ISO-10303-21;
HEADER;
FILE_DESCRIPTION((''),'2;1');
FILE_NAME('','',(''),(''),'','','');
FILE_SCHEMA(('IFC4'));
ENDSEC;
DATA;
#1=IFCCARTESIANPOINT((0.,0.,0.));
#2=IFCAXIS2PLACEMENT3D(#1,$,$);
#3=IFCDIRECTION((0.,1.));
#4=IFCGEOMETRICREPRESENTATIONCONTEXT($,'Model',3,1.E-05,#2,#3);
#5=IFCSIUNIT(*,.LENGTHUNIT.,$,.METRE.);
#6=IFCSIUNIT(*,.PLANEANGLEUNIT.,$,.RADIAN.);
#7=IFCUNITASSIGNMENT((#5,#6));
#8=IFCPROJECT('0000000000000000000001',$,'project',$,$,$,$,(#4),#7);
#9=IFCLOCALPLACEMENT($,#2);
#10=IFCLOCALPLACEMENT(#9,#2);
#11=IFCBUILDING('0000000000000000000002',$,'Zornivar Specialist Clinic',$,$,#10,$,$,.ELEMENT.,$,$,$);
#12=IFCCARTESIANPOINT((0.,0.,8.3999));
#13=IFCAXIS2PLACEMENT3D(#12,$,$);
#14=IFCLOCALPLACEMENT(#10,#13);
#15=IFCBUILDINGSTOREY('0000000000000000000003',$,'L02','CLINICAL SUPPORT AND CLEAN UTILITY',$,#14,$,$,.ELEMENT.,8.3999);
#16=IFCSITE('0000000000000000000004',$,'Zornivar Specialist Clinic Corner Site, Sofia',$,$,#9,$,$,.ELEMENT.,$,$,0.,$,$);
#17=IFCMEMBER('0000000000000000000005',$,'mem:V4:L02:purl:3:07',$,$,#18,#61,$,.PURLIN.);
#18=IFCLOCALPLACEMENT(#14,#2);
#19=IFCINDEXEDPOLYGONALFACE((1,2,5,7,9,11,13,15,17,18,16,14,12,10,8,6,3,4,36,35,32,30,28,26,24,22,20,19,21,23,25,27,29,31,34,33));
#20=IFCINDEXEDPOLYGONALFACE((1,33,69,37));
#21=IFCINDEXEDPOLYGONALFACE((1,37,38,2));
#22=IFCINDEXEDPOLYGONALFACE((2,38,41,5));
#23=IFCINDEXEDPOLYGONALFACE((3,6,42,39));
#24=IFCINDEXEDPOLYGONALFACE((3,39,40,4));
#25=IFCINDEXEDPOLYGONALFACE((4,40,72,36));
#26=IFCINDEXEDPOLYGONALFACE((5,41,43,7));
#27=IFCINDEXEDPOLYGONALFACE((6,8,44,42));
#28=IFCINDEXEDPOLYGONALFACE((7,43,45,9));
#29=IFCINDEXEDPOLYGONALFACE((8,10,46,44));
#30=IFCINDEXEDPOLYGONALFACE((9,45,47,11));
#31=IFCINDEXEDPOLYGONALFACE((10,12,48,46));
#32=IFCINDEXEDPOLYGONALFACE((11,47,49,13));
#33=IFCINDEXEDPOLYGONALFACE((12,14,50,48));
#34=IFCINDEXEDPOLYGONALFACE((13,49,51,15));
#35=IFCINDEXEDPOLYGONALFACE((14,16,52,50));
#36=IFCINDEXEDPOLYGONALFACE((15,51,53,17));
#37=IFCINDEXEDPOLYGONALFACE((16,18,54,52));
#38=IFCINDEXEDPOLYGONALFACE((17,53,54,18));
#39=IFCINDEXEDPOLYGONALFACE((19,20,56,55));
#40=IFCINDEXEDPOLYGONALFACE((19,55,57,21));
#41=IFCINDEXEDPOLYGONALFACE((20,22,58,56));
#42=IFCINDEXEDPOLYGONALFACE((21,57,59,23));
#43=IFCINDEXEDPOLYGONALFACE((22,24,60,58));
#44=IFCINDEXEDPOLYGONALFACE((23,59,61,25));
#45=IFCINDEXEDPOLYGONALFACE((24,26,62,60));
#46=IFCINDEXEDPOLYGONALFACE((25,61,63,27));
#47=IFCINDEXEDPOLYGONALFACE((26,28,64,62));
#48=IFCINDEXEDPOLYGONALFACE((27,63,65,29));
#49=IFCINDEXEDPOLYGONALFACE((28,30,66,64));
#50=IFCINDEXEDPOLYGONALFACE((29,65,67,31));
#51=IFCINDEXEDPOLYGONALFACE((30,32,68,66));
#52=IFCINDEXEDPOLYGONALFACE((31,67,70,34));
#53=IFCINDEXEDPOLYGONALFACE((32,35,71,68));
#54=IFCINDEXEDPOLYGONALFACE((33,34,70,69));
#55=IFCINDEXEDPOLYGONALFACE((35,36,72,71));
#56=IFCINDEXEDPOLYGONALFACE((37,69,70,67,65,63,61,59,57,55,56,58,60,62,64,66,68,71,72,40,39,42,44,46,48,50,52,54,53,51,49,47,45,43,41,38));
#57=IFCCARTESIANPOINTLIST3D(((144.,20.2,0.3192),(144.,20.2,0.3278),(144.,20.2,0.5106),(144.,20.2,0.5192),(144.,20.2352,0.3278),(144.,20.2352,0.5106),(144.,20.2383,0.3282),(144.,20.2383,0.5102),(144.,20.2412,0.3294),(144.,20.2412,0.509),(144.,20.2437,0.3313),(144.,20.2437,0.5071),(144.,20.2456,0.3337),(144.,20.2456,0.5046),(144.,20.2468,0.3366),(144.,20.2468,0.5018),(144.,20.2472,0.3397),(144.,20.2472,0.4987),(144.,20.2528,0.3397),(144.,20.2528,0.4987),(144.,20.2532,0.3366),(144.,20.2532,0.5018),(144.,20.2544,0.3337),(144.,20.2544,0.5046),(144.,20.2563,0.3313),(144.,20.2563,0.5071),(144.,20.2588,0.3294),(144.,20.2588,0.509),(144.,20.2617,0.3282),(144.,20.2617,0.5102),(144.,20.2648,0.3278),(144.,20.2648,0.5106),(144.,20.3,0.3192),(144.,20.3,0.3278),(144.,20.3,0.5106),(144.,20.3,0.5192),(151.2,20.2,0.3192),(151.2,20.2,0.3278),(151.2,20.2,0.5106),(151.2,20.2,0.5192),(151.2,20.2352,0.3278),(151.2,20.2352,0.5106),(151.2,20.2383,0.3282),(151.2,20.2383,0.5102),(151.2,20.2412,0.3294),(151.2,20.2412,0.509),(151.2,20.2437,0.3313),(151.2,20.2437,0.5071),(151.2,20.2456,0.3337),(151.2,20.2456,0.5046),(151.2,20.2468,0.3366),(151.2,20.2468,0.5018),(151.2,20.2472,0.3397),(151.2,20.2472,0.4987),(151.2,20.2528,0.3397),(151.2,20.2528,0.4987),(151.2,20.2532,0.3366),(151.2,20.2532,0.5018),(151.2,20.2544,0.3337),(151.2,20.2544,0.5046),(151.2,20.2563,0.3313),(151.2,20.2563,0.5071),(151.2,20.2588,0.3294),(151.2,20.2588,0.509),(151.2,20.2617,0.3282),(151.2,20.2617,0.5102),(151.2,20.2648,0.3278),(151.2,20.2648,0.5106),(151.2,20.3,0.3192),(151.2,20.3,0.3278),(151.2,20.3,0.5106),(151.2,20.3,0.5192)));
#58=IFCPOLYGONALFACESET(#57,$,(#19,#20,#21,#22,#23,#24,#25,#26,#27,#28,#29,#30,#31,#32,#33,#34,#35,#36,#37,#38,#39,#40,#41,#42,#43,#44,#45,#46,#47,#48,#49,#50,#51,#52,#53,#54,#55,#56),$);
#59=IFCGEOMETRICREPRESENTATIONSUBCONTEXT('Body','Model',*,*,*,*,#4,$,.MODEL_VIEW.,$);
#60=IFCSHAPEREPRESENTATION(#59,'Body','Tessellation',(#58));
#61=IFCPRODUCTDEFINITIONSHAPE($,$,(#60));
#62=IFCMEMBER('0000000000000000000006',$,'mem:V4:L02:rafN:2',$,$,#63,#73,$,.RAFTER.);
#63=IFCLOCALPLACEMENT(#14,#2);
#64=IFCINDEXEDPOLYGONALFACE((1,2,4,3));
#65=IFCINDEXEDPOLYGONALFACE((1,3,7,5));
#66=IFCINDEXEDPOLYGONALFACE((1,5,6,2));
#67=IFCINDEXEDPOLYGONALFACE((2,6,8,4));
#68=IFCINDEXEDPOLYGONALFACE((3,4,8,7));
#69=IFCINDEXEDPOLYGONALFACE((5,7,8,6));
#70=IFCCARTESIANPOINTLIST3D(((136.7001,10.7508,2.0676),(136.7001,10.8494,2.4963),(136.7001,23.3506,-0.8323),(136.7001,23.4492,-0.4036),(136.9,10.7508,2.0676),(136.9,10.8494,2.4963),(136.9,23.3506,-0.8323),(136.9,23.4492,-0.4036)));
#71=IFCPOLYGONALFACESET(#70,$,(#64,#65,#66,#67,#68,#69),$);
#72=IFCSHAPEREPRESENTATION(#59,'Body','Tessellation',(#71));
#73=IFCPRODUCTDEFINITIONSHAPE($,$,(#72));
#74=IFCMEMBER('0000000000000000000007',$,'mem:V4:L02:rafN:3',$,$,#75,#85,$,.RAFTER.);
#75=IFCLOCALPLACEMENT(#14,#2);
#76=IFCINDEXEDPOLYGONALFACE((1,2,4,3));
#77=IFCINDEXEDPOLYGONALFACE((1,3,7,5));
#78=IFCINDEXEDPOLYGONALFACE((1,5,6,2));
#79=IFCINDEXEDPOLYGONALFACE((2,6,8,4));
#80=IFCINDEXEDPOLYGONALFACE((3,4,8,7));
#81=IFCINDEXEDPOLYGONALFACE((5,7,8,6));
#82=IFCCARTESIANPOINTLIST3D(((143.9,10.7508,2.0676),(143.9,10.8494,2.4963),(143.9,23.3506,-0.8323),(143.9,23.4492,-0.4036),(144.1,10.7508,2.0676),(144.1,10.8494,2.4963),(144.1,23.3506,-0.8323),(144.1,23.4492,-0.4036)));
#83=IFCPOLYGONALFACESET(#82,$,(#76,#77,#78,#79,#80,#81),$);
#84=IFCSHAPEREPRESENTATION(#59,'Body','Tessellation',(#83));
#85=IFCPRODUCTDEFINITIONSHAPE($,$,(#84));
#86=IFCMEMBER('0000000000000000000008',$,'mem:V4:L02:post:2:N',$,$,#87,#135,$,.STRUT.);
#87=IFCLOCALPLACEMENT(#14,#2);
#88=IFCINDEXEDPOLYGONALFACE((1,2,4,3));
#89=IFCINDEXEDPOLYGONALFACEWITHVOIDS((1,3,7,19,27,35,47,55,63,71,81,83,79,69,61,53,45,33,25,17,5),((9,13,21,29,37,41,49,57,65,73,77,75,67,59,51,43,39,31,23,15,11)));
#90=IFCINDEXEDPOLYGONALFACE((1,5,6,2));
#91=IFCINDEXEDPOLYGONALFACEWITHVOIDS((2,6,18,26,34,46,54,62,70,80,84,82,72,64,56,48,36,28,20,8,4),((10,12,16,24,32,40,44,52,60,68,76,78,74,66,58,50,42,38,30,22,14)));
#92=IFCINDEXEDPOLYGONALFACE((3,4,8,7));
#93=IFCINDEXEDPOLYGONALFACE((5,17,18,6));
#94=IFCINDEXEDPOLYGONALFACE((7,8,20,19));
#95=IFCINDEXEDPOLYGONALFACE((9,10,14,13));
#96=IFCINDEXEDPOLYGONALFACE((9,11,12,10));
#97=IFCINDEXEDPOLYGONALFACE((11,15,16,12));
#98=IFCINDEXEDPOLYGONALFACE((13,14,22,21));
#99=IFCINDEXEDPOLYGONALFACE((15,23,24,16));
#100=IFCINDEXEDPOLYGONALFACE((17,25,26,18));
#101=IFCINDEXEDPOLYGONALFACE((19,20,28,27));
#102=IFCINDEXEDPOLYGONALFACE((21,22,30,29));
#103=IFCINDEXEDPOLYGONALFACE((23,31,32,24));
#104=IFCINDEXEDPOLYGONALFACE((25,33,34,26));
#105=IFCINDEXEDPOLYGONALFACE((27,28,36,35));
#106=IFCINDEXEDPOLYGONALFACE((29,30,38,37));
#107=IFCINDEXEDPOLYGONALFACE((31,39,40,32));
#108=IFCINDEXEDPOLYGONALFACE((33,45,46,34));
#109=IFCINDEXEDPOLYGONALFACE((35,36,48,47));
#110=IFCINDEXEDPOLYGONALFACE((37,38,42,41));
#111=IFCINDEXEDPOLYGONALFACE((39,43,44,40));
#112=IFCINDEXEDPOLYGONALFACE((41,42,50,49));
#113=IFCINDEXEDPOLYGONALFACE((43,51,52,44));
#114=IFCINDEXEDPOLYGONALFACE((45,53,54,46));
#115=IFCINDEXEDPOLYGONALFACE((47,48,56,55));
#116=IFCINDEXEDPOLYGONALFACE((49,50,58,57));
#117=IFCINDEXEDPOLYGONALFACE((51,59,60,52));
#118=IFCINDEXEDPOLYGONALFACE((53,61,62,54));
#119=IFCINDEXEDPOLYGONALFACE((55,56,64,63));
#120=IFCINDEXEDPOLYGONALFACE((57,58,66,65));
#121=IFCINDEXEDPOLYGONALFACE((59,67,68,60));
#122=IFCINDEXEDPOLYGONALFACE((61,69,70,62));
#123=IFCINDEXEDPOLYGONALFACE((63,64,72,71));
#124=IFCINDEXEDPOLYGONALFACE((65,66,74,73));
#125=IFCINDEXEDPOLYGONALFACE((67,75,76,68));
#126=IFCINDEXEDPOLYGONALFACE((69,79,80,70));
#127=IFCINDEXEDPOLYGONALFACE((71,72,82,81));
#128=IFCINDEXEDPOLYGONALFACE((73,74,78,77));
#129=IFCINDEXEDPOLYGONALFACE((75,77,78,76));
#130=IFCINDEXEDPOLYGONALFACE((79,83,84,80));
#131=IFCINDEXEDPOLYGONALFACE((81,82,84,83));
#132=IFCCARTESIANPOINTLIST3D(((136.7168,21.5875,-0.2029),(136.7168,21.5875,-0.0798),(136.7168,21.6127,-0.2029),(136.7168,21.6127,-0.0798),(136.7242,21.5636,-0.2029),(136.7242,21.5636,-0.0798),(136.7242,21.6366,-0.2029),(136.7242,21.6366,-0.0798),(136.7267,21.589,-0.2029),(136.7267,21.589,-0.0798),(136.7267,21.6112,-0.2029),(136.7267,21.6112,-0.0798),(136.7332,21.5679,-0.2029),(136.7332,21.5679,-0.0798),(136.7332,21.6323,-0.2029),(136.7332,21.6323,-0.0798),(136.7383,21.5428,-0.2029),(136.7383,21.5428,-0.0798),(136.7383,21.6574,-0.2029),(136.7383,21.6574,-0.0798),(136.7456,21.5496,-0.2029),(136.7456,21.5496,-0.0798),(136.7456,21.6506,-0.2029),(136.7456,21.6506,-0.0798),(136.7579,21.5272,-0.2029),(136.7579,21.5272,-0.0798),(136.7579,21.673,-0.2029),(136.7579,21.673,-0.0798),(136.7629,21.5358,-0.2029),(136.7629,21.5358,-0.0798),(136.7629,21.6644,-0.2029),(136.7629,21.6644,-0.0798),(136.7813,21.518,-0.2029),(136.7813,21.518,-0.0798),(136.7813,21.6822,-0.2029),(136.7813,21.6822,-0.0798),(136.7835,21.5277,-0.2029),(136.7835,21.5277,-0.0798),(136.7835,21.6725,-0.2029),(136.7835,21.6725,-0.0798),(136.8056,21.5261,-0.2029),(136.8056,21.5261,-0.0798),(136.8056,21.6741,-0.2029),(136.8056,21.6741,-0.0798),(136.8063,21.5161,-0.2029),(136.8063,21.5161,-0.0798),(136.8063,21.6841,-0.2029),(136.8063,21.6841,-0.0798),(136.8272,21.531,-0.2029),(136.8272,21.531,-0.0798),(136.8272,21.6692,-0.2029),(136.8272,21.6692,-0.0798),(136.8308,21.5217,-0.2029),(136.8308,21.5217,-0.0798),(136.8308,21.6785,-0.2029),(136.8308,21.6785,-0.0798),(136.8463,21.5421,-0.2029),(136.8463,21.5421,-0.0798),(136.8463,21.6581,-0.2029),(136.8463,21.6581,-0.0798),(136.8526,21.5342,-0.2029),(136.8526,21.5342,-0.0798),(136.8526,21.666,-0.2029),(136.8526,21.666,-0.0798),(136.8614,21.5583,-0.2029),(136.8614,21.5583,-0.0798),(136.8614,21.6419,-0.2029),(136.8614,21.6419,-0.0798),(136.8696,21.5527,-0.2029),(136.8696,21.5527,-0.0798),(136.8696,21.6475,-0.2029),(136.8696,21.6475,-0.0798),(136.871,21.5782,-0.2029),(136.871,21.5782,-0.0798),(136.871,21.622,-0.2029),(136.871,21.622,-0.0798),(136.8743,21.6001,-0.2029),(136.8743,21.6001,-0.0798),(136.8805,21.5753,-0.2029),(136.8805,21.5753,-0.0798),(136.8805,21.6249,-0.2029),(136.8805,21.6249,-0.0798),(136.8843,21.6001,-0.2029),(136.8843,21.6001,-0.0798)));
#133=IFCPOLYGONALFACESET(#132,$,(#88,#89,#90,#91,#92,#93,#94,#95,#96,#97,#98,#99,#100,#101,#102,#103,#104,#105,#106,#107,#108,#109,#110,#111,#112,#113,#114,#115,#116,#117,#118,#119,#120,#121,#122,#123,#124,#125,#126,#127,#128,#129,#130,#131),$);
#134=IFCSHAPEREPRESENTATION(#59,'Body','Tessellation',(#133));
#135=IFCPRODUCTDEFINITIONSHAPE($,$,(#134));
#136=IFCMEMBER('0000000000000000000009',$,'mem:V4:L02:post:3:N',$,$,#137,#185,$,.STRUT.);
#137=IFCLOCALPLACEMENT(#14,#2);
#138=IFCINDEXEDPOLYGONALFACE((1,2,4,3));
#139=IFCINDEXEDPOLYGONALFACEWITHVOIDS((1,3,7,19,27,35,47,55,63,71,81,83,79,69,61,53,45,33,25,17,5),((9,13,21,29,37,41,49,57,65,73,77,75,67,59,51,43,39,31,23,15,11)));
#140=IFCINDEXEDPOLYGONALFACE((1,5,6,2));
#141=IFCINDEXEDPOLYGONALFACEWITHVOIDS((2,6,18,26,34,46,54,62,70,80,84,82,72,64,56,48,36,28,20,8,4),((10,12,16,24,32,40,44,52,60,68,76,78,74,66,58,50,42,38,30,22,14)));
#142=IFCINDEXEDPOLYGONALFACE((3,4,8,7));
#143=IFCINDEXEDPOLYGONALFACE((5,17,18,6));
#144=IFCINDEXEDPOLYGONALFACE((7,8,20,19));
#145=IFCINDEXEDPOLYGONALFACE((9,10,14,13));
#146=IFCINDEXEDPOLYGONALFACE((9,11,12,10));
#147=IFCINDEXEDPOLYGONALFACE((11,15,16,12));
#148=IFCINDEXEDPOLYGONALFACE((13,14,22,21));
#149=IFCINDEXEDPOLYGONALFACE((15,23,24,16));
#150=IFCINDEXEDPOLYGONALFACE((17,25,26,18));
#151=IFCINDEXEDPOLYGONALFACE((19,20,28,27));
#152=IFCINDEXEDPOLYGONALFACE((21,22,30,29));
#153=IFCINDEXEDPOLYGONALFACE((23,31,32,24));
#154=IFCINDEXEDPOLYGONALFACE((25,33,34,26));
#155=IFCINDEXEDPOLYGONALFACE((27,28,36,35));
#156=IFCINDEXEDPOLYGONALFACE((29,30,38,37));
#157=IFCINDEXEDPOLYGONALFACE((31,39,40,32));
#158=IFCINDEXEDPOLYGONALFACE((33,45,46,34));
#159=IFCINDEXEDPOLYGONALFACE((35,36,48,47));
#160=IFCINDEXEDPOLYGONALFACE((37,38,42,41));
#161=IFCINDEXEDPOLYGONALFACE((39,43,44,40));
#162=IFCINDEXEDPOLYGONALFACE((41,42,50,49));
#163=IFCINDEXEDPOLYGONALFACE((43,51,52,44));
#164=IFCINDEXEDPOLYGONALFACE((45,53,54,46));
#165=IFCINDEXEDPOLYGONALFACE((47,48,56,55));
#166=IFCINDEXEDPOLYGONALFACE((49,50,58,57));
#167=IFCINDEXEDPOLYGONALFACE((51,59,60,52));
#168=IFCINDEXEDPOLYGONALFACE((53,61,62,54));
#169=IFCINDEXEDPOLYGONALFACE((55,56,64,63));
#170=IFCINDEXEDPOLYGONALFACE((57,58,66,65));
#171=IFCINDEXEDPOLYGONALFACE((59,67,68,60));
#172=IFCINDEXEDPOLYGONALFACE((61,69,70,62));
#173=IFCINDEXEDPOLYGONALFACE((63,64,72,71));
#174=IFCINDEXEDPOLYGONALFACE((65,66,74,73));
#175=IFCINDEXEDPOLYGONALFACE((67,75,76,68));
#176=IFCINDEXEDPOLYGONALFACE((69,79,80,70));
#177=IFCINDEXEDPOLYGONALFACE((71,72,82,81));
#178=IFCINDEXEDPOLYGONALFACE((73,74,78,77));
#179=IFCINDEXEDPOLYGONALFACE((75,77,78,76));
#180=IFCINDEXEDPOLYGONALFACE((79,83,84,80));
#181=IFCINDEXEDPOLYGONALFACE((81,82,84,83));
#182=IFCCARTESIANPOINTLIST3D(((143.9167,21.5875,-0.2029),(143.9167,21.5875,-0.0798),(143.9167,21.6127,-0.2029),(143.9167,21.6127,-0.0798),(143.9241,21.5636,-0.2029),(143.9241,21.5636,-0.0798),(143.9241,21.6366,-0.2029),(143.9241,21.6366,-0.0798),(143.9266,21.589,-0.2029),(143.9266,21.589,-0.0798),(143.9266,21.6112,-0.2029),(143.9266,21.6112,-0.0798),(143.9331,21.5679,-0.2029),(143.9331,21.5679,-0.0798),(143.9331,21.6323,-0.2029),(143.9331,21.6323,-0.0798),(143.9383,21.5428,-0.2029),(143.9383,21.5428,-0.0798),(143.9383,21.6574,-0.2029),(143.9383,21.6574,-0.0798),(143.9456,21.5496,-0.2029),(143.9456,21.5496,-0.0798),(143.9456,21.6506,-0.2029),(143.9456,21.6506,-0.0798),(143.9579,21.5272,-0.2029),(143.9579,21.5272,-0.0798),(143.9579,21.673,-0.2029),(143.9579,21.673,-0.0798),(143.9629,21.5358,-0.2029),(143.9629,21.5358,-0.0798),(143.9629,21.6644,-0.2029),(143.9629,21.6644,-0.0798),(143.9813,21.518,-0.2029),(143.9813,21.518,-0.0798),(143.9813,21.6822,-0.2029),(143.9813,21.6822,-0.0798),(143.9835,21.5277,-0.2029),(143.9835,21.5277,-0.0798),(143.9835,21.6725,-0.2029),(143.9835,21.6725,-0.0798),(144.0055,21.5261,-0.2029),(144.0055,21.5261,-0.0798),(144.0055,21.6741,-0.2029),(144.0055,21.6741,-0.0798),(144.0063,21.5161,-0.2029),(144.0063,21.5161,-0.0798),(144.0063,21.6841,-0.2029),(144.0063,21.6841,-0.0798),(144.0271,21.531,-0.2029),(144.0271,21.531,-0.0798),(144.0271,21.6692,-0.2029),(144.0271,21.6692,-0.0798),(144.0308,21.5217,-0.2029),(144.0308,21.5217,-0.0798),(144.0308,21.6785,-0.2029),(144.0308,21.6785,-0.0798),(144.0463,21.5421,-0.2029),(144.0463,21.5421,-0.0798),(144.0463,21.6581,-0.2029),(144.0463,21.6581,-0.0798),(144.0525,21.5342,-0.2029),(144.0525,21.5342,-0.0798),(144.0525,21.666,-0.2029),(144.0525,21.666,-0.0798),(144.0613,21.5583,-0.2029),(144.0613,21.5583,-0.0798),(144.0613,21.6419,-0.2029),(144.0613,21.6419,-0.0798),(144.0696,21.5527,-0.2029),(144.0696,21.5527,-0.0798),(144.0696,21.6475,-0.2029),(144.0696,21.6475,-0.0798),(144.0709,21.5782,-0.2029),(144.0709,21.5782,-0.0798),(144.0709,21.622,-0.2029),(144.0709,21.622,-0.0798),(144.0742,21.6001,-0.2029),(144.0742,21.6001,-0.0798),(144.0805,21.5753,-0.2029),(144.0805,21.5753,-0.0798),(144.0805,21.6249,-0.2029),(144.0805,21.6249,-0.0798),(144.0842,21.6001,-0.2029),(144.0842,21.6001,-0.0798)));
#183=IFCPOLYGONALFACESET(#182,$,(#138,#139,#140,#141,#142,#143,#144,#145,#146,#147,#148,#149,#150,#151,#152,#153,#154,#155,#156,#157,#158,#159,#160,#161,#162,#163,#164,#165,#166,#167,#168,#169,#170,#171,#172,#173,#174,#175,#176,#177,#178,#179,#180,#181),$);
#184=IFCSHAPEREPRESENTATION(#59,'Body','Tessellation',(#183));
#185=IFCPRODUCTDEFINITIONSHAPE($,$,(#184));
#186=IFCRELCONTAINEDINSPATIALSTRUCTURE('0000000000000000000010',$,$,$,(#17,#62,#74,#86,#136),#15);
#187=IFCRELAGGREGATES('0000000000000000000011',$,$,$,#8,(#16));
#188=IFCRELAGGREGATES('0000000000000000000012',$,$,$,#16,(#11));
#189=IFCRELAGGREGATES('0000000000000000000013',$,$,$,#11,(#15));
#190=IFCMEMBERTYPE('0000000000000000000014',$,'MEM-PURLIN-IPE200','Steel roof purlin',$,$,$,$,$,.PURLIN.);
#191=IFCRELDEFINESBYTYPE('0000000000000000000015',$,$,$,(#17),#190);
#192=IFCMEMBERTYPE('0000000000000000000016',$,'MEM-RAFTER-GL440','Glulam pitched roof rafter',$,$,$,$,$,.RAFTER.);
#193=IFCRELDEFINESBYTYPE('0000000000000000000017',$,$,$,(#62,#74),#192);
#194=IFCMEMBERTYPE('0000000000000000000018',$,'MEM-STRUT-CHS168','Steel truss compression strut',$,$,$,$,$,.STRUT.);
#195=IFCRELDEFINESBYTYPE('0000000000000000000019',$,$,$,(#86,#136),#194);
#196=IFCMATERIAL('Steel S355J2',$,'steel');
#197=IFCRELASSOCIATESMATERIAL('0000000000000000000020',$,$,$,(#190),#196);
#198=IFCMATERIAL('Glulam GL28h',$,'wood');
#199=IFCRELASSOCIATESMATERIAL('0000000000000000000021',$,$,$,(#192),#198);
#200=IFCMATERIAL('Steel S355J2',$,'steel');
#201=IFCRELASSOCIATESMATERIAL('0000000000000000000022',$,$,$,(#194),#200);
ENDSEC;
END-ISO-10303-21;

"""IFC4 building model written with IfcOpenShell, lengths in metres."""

from ifc_helpers import new_model, si_unit, direction, frame, origin, origin_2d, place, context, subcontext, project, spatial, rectangle, hollow_circle, i_section, extrude, material, material_profile, profile_set, type_object, element, save


model = new_model("IFC4")

# Units and contexts
model_context = context("Model", 3, precision=1e-05, world=origin(), true_north=direction((0.0, 1.0)))
body_context = subcontext(model_context, "Body", "Model", "MODEL_VIEW")
ifc_project = project(units=[si_unit("LENGTHUNIT", "METRE"), si_unit("PLANEANGLEUNIT", "RADIAN")], contexts=[model_context])

# Site, building, storey
site_placement = place(None, origin())
site = spatial("IfcSite", under=ifc_project, at=site_placement, Name="Zornivar Specialist Clinic Corner Site, Sofia", CompositionType="ELEMENT", RefElevation=0.0)
building_placement = place(site_placement, origin())
building = spatial("IfcBuilding", under=site, at=building_placement, Name="Zornivar Specialist Clinic", CompositionType="ELEMENT")
storey_placement = place(building_placement, frame((0.0, 0.0, 8.3999)))
storey = spatial("IfcBuildingStorey", under=building, at=storey_placement, Name="L02", Description="CLINICAL SUPPORT AND CLEAN UTILITY", CompositionType="ELEMENT", Elevation=8.3999)

# Members
ifc_material_1 = material(Name="Steel S355J2", Category="steel")
ifc_material_profile_1 = material_profile(ifc_material_1, i_section(OverallWidth=0.1001, OverallDepth=0.2, WebThickness=0.0056, FlangeThickness=0.0085, FilletRadius=0.012, at=origin_2d()), Name="IPE 200")
ifc_profile_set_1 = profile_set([ifc_material_profile_1], Name="Steel S355J2")
member_type_1 = type_object("IfcMemberType", Name="MEM-PURLIN-IPE200", Description="Steel roof purlin", PredefinedType="PURLIN", material=ifc_profile_set_1)
for number, where, z_axis, x_axis, name in (
    (1, (144.0, 20.25, 0.4192), (1.0, 0.0, 0.0), (0.0, 1.0, 0.0), "mem:V4:L02:purl:3:07"),
):
    element("IfcMember", number, at=place(storey_placement, frame(where, z_axis=z_axis, x_axis=x_axis)), inside=storey, type_object=member_type_1, Name=name, PredefinedType="PURLIN", context=body_context, shape_type="SweptSolid", body=[
        extrude(i_section(OverallWidth=0.1001, OverallDepth=0.2, WebThickness=0.0056, FlangeThickness=0.0085, FilletRadius=0.012, at=origin_2d()), origin(), (0.0, 0.0, 1.0), 7.2),
    ])
ifc_material_2 = material(Name="Glulam GL28h", Category="wood")
ifc_material_profile_2 = material_profile(ifc_material_2, rectangle(XDim=0.2, YDim=0.4399, at=origin_2d()), Name="GL28h 200x440")
ifc_profile_set_2 = profile_set([ifc_material_profile_2], Name="Glulam GL28h")
member_type_2 = type_object("IfcMemberType", Name="MEM-RAFTER-GL440", Description="Glulam pitched roof rafter", PredefinedType="RAFTER", material=ifc_profile_set_2)
for number, where, z_axis, x_axis, name in (
    (2, (136.8, 23.3999, -0.6179), (0.0, -0.974522, 0.22429), (1.0, 0.0, 0.0), "mem:V4:L02:rafN:2"),
    (3, (144.0, 23.3999, -0.6179), (0.0, -0.974522, 0.22429), (1.0, 0.0, 0.0), "mem:V4:L02:rafN:3"),
):
    element("IfcMember", number, at=place(storey_placement, frame(where, z_axis=z_axis, x_axis=x_axis)), inside=storey, type_object=member_type_2, Name=name, PredefinedType="RAFTER", context=body_context, shape_type="SweptSolid", body=[
        extrude(rectangle(XDim=0.2, YDim=0.4399, at=origin_2d()), origin(), (0.0, 0.0, 1.0), 12.9292),
    ])
ifc_material_3 = material(Name="Steel S355J2", Category="steel")
ifc_material_profile_3 = material_profile(ifc_material_3, hollow_circle(Radius=0.0842, WallThickness=0.01, at=origin_2d()), Name="CHS 168.3x10")
ifc_profile_set_3 = profile_set([ifc_material_profile_3], Name="Steel S355J2")
member_type_3 = type_object("IfcMemberType", Name="MEM-STRUT-CHS168", Description="Steel truss compression strut", PredefinedType="STRUT", material=ifc_profile_set_3)
for number, where, z_axis, x_axis, name in (
    (4, (136.8, 21.6001, -0.0798), (0.0, 0.0, -1.0), (1.0, 0.0, 0.0), "mem:V4:L02:post:2:N"),
    (5, (144.0, 21.6001, -0.0798), (0.0, 0.0, -1.0), (1.0, 0.0, 0.0), "mem:V4:L02:post:3:N"),
):
    element("IfcMember", number, at=place(storey_placement, frame(where, z_axis=z_axis, x_axis=x_axis)), inside=storey, type_object=member_type_3, Name=name, PredefinedType="STRUT", context=body_context, shape_type="SweptSolid", body=[
        extrude(hollow_circle(Radius=0.0842, WallThickness=0.01, at=origin_2d()), origin(), (0.0, 0.0, 1.0), 0.123),
    ])

save(model, "model.ifc")
